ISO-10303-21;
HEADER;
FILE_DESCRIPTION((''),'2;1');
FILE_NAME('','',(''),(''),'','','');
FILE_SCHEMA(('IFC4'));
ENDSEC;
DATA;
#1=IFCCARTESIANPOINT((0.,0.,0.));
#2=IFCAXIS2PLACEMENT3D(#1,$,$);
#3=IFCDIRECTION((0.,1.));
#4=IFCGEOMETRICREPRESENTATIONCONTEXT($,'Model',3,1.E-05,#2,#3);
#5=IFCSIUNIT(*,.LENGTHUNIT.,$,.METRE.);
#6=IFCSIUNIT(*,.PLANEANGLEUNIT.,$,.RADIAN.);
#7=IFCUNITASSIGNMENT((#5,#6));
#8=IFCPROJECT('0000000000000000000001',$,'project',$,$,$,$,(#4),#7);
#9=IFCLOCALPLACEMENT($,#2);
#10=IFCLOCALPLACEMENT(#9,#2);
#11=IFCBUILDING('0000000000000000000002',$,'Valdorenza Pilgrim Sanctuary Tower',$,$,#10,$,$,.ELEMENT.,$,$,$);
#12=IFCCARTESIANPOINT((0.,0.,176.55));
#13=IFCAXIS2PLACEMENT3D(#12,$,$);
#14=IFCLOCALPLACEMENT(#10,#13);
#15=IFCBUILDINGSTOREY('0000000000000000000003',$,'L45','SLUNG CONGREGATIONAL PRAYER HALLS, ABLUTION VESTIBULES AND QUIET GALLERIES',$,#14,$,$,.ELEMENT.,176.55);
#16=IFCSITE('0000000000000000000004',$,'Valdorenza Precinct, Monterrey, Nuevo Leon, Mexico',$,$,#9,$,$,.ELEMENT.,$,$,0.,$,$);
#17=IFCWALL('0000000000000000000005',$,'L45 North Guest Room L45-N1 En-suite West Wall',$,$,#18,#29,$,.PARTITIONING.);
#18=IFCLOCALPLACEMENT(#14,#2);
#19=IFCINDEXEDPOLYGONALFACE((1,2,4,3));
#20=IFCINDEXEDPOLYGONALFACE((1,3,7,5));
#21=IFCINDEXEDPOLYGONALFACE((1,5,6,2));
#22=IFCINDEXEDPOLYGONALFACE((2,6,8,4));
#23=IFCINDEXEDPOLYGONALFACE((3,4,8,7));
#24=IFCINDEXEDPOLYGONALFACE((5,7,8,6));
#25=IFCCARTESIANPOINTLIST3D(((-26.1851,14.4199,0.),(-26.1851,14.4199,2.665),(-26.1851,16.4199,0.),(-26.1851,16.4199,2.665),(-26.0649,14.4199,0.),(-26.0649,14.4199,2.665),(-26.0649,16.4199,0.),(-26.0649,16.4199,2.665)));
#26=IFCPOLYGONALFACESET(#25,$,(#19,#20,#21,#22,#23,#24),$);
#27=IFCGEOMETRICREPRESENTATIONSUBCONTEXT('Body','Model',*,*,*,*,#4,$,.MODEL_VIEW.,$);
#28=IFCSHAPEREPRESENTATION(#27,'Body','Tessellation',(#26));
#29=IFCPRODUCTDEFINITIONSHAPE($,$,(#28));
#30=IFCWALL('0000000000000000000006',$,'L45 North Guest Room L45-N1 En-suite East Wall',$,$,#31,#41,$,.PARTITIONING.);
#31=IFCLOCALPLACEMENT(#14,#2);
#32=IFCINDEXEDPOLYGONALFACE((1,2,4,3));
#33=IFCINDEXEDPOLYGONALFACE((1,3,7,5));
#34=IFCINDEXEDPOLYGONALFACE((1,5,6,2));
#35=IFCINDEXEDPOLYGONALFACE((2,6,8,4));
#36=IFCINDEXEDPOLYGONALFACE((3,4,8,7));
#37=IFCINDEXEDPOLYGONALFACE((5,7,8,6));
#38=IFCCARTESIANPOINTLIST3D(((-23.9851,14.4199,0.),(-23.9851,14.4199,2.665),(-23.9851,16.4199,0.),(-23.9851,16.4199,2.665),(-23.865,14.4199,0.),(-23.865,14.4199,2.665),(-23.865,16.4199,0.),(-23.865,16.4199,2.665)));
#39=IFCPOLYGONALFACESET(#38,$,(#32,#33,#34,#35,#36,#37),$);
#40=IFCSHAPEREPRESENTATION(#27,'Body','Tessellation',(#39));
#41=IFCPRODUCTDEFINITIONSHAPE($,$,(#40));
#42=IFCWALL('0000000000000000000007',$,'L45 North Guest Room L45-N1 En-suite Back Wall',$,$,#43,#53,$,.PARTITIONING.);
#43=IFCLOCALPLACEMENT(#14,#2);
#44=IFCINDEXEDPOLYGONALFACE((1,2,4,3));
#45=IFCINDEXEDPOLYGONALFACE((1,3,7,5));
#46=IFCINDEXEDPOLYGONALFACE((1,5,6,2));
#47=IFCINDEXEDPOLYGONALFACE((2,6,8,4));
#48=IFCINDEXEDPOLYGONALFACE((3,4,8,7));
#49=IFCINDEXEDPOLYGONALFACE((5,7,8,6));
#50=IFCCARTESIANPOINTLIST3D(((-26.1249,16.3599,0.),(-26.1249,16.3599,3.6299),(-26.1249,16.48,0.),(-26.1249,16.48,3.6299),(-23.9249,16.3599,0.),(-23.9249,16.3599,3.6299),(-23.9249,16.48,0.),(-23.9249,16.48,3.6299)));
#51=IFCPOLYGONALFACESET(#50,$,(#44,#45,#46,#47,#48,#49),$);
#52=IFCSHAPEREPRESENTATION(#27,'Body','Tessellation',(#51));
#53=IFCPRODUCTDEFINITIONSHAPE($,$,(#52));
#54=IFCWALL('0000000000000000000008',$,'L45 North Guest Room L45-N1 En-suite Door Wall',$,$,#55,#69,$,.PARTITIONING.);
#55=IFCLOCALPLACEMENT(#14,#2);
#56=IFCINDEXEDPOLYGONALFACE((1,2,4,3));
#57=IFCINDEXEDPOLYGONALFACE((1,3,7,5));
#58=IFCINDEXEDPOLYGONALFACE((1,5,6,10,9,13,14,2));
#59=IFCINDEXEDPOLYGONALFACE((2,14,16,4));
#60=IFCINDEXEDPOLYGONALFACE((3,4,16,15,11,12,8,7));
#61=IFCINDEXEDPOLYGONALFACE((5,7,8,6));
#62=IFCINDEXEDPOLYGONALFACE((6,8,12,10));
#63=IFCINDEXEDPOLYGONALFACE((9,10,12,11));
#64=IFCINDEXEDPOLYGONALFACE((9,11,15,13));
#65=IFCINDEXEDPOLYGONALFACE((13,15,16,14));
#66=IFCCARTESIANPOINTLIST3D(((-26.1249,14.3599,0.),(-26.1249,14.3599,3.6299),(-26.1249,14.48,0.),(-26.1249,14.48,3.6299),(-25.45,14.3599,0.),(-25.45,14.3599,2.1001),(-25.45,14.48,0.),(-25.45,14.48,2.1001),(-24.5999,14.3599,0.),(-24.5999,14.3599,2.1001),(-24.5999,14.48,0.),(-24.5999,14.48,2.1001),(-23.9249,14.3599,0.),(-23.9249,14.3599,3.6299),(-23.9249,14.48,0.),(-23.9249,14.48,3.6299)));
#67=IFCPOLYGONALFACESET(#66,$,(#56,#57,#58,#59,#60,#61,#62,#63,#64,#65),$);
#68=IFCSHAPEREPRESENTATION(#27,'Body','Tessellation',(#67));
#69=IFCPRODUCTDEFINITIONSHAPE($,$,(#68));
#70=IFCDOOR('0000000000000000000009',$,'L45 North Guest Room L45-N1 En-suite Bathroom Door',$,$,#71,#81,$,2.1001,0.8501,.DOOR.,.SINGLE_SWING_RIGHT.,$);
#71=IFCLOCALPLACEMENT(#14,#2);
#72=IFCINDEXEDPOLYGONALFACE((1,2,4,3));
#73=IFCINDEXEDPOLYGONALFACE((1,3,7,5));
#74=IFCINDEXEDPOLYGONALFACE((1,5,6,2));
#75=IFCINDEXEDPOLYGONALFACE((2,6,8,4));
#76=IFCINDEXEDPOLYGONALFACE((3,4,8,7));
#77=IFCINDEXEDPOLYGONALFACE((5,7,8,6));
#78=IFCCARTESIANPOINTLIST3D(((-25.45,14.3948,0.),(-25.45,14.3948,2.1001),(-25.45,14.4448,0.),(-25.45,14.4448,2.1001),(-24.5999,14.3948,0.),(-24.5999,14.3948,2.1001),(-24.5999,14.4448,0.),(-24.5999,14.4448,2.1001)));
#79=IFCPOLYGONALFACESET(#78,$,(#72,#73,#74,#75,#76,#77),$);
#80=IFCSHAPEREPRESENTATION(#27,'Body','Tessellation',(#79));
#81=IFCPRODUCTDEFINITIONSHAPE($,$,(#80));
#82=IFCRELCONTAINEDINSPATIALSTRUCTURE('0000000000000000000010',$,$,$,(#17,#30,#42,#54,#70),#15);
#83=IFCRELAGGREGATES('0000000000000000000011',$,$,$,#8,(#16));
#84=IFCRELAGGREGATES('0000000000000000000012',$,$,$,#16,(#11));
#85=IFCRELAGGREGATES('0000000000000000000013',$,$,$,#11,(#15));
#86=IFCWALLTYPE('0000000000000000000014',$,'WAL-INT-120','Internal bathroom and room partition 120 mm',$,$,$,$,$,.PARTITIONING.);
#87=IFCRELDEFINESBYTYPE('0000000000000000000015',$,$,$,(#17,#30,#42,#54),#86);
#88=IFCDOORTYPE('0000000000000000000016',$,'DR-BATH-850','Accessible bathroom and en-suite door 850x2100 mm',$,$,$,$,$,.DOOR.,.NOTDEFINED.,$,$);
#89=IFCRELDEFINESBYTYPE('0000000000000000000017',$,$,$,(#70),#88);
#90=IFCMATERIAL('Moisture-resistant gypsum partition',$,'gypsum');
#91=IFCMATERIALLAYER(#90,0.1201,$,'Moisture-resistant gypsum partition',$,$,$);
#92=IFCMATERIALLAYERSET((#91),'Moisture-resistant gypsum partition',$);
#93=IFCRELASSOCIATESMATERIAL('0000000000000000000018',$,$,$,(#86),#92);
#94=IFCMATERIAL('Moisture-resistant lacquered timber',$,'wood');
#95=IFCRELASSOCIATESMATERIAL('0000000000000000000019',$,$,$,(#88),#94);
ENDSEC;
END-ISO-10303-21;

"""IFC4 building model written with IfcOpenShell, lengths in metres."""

from ifc_helpers import new_model, si_unit, direction, frame, frame_2d, origin, place, context, subcontext, project, spatial, rectangle, extrude, material, layer, layer_set, type_object, element, fill, save


model = new_model("IFC4")

# Units and contexts
model_context = context("Model", 3, precision=1e-05, world=origin(), true_north=direction((0.0, 1.0)))
body_context = subcontext(model_context, "Body", "Model", "MODEL_VIEW")
ifc_project = project(units=[si_unit("LENGTHUNIT", "METRE"), si_unit("PLANEANGLEUNIT", "RADIAN")], contexts=[model_context])

# Site, building, storey
site_placement = place(None, origin())
site = spatial("IfcSite", under=ifc_project, at=site_placement, Name="Valdorenza Precinct, Monterrey, Nuevo Leon, Mexico", CompositionType="ELEMENT", RefElevation=0.0)
building_placement = place(site_placement, origin())
building = spatial("IfcBuilding", under=site, at=building_placement, Name="Valdorenza Pilgrim Sanctuary Tower", CompositionType="ELEMENT")
storey_placement = place(building_placement, frame((0.0, 0.0, 176.55)))
storey = spatial("IfcBuildingStorey", under=building, at=storey_placement, Name="L45", Description="SLUNG CONGREGATIONAL PRAYER HALLS, ABLUTION VESTIBULES AND QUIET GALLERIES", CompositionType="ELEMENT", Elevation=176.55)

# Walls
ifc_material_1 = material(Name="Moisture-resistant gypsum partition", Category="gypsum")
ifc_layer_1 = layer(ifc_material_1, 0.1201, Name="Moisture-resistant gypsum partition")
ifc_layer_set_1 = layer_set([ifc_layer_1], Name="Moisture-resistant gypsum partition")
wall_type_1 = type_object("IfcWallType", Name="WAL-INT-120", Description="Internal bathroom and room partition 120 mm", PredefinedType="PARTITIONING", material=ifc_layer_set_1)
for number, where, z_axis, x_axis, name in (
    (1, (-26.125, 14.4199, 0.0), (0.0, 0.0, 1.0), (0.0, 1.0, 0.0), "L45 North Guest Room L45-N1 En-suite West Wall"),
    (2, (-23.925, 14.4199, 0.0), (0.0, 0.0, 1.0), (0.0, 1.0, 0.0), "L45 North Guest Room L45-N1 En-suite East Wall"),
):
    element("IfcWall", number, at=place(storey_placement, frame(where, z_axis=z_axis, x_axis=x_axis)), inside=storey, type_object=wall_type_1, Name=name, PredefinedType="PARTITIONING", context=body_context, shape_type="SweptSolid", body=[
        extrude(rectangle(XDim=2.0, YDim=0.1201, at=frame_2d((1.0, 0.0))), origin(), (0.0, 0.0, 1.0), 2.665),
    ])
wall_1_placement = place(storey_placement, frame((-26.125, 16.4199, 0.0), z_axis=(0.0, 0.0, 1.0), x_axis=(1.0, 0.0, 0.0)))
element("IfcWall", 3, at=wall_1_placement, inside=storey, type_object=wall_type_1, Name="L45 North Guest Room L45-N1 En-suite Back Wall", PredefinedType="PARTITIONING", context=body_context, shape_type="SweptSolid", body=[
    extrude(rectangle(XDim=2.2, YDim=0.1201, at=frame_2d((1.1001, 0.0))), origin(), (0.0, 0.0, 1.0), 3.6299),
])

# Wall, opening, door
wall_2_placement = place(storey_placement, frame((-26.125, 14.4199, 0.0), z_axis=(0.0, 0.0, 1.0), x_axis=(1.0, 0.0, 0.0)))
wall_2 = element("IfcWall", 4, at=wall_2_placement, inside=storey, type_object=wall_type_1, Name="L45 North Guest Room L45-N1 En-suite Door Wall", PredefinedType="PARTITIONING", context=body_context, shape_type="SweptSolid", body=[
    extrude(rectangle(XDim=2.2, YDim=0.1201, at=frame_2d((1.1001, 0.0))), origin(), (0.0, 0.0, 1.0), 3.6299),
])
opening_1_placement = place(wall_2_placement, frame((0.675, 0.0, 0.0)))
opening_1 = element("IfcOpeningElement", 5, at=opening_1_placement, cuts=wall_2, PredefinedType="OPENING", context=body_context, shape_type="SweptSolid", body=[
    extrude(rectangle(XDim=0.8501, YDim=2.1001, at=frame_2d((0.425, 1.05))), frame((0.0, 0.075, 0.0), z_axis=(0.0, -1.0, 0.0), x_axis=(1.0, 0.0, 0.0)), (0.0, 0.0, 1.0), 0.1499),
])
ifc_material_2 = material(Name="Moisture-resistant lacquered timber", Category="wood")
door_type_1 = type_object("IfcDoorType", Name="DR-BATH-850", Description="Accessible bathroom and en-suite door 850x2100 mm", OperationType="NOTDEFINED", PredefinedType="DOOR", material=ifc_material_2)
door_1_placement = place(opening_1_placement, origin())
door_1 = element("IfcDoor", 6, at=door_1_placement, inside=storey, type_object=door_type_1, Name="L45 North Guest Room L45-N1 En-suite Bathroom Door", OperationType="SINGLE_SWING_RIGHT", OverallHeight=2.1001, OverallWidth=0.8501, PredefinedType="DOOR", context=body_context, shape_type="SweptSolid", body=[
    extrude(rectangle(XDim=0.8501, YDim=2.1001, at=frame_2d((0.425, 1.05))), frame((0.0, 0.0249, 0.0), z_axis=(0.0, -1.0, 0.0), x_axis=(1.0, 0.0, 0.0)), (0.0, 0.0, 1.0), 0.05),
])
fill(opening_1, door_1)

save(model, "model.ifc")
